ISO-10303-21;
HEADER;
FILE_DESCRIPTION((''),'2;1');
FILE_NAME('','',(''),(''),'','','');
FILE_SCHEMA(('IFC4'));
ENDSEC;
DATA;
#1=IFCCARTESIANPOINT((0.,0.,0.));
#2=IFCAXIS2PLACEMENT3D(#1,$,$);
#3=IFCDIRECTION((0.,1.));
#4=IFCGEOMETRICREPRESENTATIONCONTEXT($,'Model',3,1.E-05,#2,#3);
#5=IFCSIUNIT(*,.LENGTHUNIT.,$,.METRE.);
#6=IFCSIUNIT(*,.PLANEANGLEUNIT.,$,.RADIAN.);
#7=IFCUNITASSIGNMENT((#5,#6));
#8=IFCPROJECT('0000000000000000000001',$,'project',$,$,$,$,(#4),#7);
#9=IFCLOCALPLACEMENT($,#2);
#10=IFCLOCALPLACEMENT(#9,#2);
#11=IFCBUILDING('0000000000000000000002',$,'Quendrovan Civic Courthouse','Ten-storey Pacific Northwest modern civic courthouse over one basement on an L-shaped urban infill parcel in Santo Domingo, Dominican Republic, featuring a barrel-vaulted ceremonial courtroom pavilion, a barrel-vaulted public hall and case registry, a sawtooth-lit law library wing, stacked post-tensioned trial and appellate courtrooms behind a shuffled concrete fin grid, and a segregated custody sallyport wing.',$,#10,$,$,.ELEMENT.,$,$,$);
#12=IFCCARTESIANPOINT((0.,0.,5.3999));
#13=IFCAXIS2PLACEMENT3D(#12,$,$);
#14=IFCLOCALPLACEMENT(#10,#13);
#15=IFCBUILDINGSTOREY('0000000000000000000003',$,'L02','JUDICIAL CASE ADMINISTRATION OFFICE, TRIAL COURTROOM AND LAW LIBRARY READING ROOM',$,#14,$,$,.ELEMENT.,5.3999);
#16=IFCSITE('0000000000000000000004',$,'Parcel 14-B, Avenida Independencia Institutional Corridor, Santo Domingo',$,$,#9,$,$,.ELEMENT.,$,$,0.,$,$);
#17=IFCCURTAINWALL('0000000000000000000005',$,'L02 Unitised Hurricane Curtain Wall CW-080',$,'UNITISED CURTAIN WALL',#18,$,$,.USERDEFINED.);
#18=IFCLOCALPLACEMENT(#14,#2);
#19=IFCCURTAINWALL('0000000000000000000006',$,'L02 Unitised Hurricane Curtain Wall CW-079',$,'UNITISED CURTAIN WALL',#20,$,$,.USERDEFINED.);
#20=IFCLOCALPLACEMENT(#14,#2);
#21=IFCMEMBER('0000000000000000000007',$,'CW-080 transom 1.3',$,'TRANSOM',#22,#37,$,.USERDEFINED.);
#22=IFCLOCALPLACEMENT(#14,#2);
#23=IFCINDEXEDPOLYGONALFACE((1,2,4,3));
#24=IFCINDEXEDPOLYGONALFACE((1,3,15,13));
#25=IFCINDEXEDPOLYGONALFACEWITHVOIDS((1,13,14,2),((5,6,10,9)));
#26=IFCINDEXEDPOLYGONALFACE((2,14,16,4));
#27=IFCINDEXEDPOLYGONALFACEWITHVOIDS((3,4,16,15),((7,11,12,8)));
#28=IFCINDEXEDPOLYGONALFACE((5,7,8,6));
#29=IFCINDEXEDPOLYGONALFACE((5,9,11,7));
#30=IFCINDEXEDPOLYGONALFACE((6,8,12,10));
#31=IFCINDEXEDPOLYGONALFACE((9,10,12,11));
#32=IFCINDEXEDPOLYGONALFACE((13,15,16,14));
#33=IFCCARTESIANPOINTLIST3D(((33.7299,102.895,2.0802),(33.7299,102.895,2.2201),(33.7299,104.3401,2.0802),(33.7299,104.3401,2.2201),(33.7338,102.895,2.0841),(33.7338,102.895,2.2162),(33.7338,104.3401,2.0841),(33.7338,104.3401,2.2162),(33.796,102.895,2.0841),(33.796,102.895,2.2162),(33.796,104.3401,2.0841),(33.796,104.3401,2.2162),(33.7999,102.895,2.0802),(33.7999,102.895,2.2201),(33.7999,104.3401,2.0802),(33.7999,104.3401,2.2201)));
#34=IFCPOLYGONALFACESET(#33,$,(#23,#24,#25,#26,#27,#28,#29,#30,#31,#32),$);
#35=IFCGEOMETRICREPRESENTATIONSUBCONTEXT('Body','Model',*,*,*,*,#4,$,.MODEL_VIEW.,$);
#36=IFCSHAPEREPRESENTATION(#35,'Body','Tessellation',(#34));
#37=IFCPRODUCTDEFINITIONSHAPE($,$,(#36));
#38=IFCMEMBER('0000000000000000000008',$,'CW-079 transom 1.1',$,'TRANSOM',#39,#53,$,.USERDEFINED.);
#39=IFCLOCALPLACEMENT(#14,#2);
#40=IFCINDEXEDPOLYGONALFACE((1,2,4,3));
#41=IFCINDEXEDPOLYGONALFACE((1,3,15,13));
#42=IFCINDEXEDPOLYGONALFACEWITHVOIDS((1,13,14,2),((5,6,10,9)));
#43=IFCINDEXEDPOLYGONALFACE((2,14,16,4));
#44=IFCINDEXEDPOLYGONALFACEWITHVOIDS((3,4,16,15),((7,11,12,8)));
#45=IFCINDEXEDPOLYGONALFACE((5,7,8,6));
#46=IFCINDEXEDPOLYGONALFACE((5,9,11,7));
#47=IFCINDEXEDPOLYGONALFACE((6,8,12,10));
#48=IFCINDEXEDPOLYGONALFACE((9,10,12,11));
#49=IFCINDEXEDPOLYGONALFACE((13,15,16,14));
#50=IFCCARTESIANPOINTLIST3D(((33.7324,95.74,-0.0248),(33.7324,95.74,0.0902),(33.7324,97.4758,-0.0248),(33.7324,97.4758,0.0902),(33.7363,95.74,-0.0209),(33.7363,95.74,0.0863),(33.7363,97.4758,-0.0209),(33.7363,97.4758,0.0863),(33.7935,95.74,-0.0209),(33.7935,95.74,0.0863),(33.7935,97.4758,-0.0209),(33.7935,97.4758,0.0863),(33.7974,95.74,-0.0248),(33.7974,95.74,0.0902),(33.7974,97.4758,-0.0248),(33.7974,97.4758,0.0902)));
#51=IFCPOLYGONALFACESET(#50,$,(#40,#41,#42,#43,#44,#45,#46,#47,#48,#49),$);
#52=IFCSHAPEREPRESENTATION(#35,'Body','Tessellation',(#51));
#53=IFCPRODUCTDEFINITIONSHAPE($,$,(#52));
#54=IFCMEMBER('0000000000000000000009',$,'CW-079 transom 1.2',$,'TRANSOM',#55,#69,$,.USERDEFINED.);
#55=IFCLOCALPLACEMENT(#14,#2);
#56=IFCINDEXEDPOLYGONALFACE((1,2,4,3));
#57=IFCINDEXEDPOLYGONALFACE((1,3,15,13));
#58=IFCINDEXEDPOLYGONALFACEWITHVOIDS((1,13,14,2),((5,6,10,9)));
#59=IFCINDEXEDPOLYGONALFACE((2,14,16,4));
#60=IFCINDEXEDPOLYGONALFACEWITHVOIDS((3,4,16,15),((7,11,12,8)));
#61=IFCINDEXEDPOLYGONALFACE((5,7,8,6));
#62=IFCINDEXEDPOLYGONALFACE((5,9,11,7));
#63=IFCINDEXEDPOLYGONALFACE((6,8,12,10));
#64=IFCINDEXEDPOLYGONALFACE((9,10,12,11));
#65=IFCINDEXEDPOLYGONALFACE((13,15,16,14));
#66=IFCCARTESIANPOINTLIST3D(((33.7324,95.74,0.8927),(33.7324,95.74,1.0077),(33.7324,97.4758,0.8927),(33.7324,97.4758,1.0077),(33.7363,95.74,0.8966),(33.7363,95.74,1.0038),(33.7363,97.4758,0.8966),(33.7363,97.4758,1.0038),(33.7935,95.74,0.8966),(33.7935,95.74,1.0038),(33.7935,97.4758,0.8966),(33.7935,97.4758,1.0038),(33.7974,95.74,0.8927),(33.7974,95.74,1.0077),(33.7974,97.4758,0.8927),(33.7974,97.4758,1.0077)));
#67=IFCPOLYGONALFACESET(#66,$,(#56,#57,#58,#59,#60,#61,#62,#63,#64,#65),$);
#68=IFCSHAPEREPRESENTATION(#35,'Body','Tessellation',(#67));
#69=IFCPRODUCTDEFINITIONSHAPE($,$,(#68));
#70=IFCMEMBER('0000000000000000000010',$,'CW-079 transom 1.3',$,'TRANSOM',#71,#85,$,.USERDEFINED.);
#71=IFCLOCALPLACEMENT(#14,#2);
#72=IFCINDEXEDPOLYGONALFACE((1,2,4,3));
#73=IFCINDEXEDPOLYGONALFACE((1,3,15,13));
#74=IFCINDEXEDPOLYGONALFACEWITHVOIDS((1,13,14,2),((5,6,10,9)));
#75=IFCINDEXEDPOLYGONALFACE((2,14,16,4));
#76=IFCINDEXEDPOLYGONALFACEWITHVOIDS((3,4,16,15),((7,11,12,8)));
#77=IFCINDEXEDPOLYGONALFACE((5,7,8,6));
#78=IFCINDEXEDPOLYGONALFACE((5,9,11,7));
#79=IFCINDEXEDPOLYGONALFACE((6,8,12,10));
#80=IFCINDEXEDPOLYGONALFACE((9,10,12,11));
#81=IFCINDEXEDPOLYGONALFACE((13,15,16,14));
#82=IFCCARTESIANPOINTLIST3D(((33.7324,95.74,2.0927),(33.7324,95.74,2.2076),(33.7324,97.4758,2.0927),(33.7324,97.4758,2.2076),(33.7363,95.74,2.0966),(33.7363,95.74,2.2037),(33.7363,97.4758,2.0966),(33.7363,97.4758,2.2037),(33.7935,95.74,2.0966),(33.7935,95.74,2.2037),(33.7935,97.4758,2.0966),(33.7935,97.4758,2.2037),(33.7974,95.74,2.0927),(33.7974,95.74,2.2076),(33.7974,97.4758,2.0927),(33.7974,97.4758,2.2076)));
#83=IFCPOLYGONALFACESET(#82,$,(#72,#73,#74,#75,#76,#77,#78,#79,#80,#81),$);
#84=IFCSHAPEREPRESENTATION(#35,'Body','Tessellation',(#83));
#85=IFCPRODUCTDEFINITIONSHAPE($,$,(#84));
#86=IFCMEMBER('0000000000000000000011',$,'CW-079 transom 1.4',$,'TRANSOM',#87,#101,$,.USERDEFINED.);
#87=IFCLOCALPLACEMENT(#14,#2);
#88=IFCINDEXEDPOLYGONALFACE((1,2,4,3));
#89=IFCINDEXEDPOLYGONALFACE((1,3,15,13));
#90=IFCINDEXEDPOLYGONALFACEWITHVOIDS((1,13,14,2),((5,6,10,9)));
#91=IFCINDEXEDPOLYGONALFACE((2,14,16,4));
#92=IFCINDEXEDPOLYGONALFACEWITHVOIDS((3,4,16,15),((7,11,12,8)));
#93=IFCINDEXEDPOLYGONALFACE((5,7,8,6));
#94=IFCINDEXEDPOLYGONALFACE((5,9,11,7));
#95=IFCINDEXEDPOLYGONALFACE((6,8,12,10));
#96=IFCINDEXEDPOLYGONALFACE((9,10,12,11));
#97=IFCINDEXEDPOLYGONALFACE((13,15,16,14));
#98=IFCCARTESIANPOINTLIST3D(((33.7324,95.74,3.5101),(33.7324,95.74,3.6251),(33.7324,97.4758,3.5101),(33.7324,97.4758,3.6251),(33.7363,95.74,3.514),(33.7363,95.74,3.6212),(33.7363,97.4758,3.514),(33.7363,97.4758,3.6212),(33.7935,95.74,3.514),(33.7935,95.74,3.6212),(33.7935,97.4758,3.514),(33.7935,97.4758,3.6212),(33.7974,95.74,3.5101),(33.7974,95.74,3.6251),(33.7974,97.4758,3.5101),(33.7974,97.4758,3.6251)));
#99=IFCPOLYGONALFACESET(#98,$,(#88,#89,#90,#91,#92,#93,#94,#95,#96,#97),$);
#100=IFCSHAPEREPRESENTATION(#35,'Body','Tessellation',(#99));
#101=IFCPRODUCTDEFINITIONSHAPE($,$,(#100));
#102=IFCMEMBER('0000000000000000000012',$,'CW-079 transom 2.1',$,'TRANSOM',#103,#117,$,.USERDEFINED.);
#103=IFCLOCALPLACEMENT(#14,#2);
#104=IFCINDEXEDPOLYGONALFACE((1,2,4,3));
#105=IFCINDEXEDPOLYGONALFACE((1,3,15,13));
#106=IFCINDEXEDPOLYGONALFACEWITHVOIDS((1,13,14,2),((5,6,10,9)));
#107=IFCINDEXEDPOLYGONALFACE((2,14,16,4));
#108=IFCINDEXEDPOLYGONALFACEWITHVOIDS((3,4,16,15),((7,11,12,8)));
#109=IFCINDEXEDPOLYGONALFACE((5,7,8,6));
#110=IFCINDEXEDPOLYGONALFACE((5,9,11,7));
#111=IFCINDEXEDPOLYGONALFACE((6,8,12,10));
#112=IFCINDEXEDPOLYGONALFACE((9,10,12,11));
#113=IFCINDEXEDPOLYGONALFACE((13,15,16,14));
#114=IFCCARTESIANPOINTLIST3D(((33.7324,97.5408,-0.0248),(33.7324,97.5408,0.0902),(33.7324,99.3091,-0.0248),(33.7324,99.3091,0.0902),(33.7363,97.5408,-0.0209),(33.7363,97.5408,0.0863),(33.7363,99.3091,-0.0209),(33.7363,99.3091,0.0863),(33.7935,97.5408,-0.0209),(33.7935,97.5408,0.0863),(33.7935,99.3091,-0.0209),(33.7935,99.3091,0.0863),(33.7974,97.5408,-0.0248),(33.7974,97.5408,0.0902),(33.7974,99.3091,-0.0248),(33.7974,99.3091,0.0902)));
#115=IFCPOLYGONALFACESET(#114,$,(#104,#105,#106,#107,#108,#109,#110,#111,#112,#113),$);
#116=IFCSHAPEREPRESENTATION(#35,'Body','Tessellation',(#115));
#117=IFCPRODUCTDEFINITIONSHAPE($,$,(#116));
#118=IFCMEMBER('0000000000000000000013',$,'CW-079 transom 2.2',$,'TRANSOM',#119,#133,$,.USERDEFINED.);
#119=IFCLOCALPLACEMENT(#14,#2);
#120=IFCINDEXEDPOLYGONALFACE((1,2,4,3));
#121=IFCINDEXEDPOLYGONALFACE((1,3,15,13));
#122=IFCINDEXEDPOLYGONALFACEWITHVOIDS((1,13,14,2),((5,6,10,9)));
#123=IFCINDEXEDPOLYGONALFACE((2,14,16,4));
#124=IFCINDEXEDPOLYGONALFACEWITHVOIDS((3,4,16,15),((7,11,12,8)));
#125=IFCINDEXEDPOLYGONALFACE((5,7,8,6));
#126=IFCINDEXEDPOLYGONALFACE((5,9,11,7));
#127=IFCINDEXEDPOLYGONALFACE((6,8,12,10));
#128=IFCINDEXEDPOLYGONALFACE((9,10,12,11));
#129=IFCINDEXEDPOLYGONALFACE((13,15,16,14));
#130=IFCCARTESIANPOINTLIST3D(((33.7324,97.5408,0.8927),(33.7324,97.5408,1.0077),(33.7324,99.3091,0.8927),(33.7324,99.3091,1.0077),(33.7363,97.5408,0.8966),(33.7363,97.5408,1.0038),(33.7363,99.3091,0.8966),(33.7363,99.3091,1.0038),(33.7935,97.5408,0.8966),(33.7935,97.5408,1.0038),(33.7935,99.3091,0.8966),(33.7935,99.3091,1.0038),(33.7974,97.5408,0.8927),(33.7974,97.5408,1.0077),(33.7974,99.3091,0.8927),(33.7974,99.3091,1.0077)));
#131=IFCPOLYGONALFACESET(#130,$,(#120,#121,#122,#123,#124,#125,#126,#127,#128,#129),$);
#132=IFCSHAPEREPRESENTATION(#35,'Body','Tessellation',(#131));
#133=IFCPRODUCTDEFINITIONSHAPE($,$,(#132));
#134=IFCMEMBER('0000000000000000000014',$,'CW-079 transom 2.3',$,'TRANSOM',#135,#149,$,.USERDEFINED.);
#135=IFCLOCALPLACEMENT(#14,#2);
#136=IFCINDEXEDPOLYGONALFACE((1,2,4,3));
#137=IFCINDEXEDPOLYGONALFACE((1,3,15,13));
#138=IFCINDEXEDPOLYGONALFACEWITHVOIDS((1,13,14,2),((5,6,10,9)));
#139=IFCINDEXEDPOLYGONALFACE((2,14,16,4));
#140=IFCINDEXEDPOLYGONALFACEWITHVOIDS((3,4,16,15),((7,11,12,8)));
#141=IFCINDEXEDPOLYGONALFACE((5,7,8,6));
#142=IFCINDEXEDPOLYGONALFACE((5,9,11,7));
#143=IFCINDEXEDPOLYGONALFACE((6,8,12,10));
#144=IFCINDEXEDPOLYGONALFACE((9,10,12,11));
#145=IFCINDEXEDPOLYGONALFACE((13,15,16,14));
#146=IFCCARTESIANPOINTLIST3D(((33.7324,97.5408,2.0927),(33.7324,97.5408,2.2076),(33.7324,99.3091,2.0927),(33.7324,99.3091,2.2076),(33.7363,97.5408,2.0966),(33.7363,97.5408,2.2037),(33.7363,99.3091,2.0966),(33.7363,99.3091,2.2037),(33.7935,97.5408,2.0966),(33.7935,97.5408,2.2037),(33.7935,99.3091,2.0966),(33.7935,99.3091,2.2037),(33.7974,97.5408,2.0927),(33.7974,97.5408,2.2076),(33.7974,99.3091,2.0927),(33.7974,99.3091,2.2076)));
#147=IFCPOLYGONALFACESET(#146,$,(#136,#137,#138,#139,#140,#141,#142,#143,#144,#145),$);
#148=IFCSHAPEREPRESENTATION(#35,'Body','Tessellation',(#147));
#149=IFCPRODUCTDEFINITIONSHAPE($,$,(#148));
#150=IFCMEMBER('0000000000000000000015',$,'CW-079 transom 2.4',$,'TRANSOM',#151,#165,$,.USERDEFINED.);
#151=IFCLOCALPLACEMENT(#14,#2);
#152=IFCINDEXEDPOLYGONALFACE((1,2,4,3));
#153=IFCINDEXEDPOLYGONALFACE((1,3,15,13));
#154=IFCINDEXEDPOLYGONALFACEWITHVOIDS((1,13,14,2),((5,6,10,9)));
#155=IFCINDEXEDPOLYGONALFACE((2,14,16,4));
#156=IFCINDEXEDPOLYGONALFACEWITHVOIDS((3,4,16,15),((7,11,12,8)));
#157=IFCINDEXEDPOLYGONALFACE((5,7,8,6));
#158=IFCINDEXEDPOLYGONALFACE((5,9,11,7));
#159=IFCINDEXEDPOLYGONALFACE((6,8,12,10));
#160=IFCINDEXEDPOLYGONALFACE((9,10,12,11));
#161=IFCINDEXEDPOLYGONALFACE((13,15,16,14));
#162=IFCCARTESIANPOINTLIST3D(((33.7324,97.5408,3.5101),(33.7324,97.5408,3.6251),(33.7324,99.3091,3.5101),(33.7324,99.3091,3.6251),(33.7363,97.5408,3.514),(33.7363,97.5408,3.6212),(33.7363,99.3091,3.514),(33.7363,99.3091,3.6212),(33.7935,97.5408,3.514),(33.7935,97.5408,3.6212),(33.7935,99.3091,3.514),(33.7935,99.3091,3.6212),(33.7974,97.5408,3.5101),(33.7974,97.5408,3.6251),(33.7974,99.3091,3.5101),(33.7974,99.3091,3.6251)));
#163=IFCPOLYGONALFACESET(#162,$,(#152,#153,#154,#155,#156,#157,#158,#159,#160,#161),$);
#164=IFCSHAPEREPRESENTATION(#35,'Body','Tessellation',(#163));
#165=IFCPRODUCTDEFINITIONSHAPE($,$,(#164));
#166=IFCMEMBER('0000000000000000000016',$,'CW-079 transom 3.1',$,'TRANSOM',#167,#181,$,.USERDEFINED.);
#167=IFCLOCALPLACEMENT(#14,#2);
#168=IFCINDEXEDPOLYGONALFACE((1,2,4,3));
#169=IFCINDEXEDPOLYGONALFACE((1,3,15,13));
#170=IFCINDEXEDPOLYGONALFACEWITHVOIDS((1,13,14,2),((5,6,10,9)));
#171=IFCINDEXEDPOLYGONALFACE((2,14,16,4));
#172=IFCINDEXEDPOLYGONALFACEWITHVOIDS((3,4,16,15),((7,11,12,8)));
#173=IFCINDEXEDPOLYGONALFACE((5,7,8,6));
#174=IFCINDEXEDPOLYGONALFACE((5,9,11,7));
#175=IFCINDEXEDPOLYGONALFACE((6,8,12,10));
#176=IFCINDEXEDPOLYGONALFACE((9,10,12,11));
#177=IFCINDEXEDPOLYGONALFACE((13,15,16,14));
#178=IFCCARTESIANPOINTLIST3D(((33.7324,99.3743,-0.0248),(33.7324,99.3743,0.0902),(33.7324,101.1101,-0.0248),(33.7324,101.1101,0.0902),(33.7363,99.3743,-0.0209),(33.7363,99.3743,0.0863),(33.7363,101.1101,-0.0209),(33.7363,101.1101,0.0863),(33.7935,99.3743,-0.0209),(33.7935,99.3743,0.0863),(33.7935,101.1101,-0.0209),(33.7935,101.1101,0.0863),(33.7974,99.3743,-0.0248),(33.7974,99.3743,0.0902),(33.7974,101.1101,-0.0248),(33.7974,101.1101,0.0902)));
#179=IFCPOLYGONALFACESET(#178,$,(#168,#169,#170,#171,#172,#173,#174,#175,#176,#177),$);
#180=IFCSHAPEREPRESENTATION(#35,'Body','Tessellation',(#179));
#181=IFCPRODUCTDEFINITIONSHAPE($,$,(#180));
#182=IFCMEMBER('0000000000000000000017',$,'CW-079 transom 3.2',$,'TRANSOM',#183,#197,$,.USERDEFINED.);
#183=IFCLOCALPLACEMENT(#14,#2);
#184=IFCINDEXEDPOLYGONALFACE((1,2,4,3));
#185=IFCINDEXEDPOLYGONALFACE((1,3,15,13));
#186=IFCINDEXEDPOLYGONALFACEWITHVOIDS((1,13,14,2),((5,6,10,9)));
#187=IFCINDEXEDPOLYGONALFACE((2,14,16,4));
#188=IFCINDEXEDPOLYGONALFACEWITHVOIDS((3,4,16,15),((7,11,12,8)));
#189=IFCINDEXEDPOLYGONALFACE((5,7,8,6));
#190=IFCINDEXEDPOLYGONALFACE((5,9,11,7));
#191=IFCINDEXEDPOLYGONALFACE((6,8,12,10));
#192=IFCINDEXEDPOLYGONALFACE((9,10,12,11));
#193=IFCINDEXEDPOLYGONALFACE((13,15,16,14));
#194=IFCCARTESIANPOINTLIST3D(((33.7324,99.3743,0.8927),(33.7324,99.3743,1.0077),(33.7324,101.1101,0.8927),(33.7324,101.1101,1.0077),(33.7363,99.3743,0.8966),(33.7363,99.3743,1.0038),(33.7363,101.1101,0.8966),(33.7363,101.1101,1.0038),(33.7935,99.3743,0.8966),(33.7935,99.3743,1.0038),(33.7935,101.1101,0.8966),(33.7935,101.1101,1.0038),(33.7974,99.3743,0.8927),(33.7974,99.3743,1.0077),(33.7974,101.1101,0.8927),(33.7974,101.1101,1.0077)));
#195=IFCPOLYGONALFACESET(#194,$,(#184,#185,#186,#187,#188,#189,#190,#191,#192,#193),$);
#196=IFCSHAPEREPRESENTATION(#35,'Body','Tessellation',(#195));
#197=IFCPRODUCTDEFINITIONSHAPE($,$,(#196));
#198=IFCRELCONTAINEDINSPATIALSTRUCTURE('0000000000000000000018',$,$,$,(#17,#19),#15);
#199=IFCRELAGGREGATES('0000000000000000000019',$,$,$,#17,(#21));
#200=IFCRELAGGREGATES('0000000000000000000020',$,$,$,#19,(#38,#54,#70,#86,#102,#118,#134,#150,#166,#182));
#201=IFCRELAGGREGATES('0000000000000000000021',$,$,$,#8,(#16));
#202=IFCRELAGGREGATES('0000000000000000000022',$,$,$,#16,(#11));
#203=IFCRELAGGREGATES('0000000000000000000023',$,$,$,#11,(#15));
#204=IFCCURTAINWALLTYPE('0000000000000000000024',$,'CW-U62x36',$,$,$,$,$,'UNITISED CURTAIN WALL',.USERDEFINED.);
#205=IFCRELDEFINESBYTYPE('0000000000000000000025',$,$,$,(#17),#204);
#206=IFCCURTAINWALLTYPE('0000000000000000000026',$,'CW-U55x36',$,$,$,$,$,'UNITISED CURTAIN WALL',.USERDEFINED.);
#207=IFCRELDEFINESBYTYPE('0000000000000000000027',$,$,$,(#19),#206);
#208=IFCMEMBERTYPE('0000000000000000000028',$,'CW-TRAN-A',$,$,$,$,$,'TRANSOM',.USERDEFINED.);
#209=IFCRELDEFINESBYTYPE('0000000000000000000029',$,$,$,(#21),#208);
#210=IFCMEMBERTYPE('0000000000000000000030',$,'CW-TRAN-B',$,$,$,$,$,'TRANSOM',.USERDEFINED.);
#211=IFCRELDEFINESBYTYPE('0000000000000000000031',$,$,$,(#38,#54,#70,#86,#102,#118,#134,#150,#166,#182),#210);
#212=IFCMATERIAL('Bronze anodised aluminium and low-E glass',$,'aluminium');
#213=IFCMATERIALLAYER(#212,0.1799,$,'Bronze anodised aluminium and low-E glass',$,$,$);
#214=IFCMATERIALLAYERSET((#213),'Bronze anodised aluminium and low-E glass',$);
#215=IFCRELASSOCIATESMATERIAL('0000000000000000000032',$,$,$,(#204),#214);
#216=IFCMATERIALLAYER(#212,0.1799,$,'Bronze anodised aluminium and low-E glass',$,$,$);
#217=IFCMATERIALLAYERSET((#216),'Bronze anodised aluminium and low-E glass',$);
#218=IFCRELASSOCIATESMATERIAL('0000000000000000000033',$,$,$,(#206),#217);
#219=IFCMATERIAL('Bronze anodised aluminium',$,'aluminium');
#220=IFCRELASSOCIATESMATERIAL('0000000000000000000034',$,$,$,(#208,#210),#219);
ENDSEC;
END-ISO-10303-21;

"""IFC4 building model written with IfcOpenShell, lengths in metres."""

from ifc_helpers import new_model, si_unit, direction, frame, origin, origin_2d, place, context, subcontext, project, spatial, hollow_rectangle, extrude, material, layer, layer_set, material_profile, profile_set, type_object, element, aggregate, save


model = new_model("IFC4")

# Units and contexts
model_context = context("Model", 3, precision=1e-05, world=origin(), true_north=direction((0.0, 1.0)))
body_context = subcontext(model_context, "Body", "Model", "MODEL_VIEW")
ifc_project = project(units=[si_unit("LENGTHUNIT", "METRE"), si_unit("PLANEANGLEUNIT", "RADIAN")], contexts=[model_context])

# Site, building, storey
site_placement = place(None, origin())
site = spatial("IfcSite", under=ifc_project, at=site_placement, Name="Parcel 14-B, Avenida Independencia Institutional Corridor, Santo Domingo", CompositionType="ELEMENT", RefElevation=0.0)
building_placement = place(site_placement, origin())
building = spatial("IfcBuilding", under=site, at=building_placement, Name="Quendrovan Civic Courthouse", Description="Ten-storey Pacific Northwest modern civic courthouse over one basement on an L-shaped urban infill parcel in Santo Domingo, Dominican Republic, featuring a barrel-vaulted ceremonial courtroom pavilion, a barrel-vaulted public hall and case registry, a sawtooth-lit law library wing, stacked post-tensioned trial and appellate courtrooms behind a shuffled concrete fin grid, and a segregated custody sallyport wing.", CompositionType="ELEMENT")
storey_placement = place(building_placement, frame((0.0, 0.0, 5.3999)))
storey = spatial("IfcBuildingStorey", under=building, at=storey_placement, Name="L02", Description="JUDICIAL CASE ADMINISTRATION OFFICE, TRIAL COURTROOM AND LAW LIBRARY READING ROOM", CompositionType="ELEMENT", Elevation=5.3999)

# Curtain wall
ifc_material_1 = material(Name="Bronze anodised aluminium and low-E glass", Category="aluminium")
ifc_layer_1 = layer(ifc_material_1, 0.1799, Name="Bronze anodised aluminium and low-E glass")
ifc_layer_set_1 = layer_set([ifc_layer_1], Name="Bronze anodised aluminium and low-E glass")
curtain_wall_type_1 = type_object("IfcCurtainWallType", Name="CW-U62x36", ElementType="UNITISED CURTAIN WALL", PredefinedType="USERDEFINED", material=ifc_layer_set_1)
curtain_wall_1_placement = place(storey_placement, origin())
curtain_wall_1 = element("IfcCurtainWall", 1, at=curtain_wall_1_placement, inside=storey, type_object=curtain_wall_type_1, Name="L02 Unitised Hurricane Curtain Wall CW-080", ObjectType="UNITISED CURTAIN WALL", PredefinedType="USERDEFINED")
ifc_material_2 = material(Name="Bronze anodised aluminium", Category="aluminium")

# Curtain wall
ifc_layer_2 = layer(ifc_material_1, 0.1799, Name="Bronze anodised aluminium and low-E glass")
ifc_layer_set_2 = layer_set([ifc_layer_2], Name="Bronze anodised aluminium and low-E glass")
curtain_wall_type_2 = type_object("IfcCurtainWallType", Name="CW-U55x36", ElementType="UNITISED CURTAIN WALL", PredefinedType="USERDEFINED", material=ifc_layer_set_2)
curtain_wall_2_placement = place(storey_placement, origin())
curtain_wall_2 = element("IfcCurtainWall", 2, at=curtain_wall_2_placement, inside=storey, type_object=curtain_wall_type_2, Name="L02 Unitised Hurricane Curtain Wall CW-079", ObjectType="UNITISED CURTAIN WALL", PredefinedType="USERDEFINED")

# Members
ifc_material_profile_1 = material_profile(ifc_material_2, hollow_rectangle(XDim=0.0701, YDim=0.1399, WallThickness=0.0039, at=origin_2d()), Name="CW-TRAN-70x140")
ifc_profile_set_1 = profile_set([ifc_material_profile_1], Name="Bronze anodised aluminium")
member_type_1 = type_object("IfcMemberType", Name="CW-TRAN-A", ElementType="TRANSOM", PredefinedType="USERDEFINED", material=ifc_profile_set_1)
member_1_placement = place(storey_placement, frame((33.7649, 102.895, 2.1501), z_axis=(0.0, 1.0, 0.0), x_axis=(-1.0, 0.0, 0.0)))
member_1 = element("IfcMember", 3, at=member_1_placement, type_object=member_type_1, Name="CW-080 transom 1.3", ObjectType="TRANSOM", PredefinedType="USERDEFINED", context=body_context, shape_type="SweptSolid", body=[
    extrude(hollow_rectangle(XDim=0.0701, YDim=0.1399, WallThickness=0.0039, at=origin_2d()), origin(), (0.0, 0.0, 1.0), 1.4451),
])
aggregate(curtain_wall_1, [member_1])
ifc_material_profile_2 = material_profile(ifc_material_2, hollow_rectangle(XDim=0.0649, YDim=0.115, WallThickness=0.0039, at=origin_2d()), Name="CW-TRAN-65x115")
ifc_profile_set_2 = profile_set([ifc_material_profile_2], Name="Bronze anodised aluminium")
member_type_2 = type_object("IfcMemberType", Name="CW-TRAN-B", ElementType="TRANSOM", PredefinedType="USERDEFINED", material=ifc_profile_set_2)
member_2_placement = place(storey_placement, frame((33.7649, 95.74, 0.0327), z_axis=(0.0, 1.0, 0.0), x_axis=(-1.0, 0.0, 0.0)))
member_2 = element("IfcMember", 4, at=member_2_placement, type_object=member_type_2, Name="CW-079 transom 1.1", ObjectType="TRANSOM", PredefinedType="USERDEFINED", context=body_context, shape_type="SweptSolid", body=[
    extrude(hollow_rectangle(XDim=0.0649, YDim=0.115, WallThickness=0.0039, at=origin_2d()), origin(), (0.0, 0.0, 1.0), 1.7358),
])
member_3_placement = place(storey_placement, frame((33.7649, 95.74, 0.9502), z_axis=(0.0, 1.0, 0.0), x_axis=(-1.0, 0.0, 0.0)))
member_3 = element("IfcMember", 5, at=member_3_placement, type_object=member_type_2, Name="CW-079 transom 1.2", ObjectType="TRANSOM", PredefinedType="USERDEFINED", context=body_context, shape_type="SweptSolid", body=[
    extrude(hollow_rectangle(XDim=0.0649, YDim=0.115, WallThickness=0.0039, at=origin_2d()), origin(), (0.0, 0.0, 1.0), 1.7358),
])
member_4_placement = place(storey_placement, frame((33.7649, 95.74, 2.1501), z_axis=(0.0, 1.0, 0.0), x_axis=(-1.0, 0.0, 0.0)))
member_4 = element("IfcMember", 6, at=member_4_placement, type_object=member_type_2, Name="CW-079 transom 1.3", ObjectType="TRANSOM", PredefinedType="USERDEFINED", context=body_context, shape_type="SweptSolid", body=[
    extrude(hollow_rectangle(XDim=0.0649, YDim=0.115, WallThickness=0.0039, at=origin_2d()), origin(), (0.0, 0.0, 1.0), 1.7358),
])
member_5_placement = place(storey_placement, frame((33.7649, 95.74, 3.5676), z_axis=(0.0, 1.0, 0.0), x_axis=(-1.0, 0.0, 0.0)))
member_5 = element("IfcMember", 7, at=member_5_placement, type_object=member_type_2, Name="CW-079 transom 1.4", ObjectType="TRANSOM", PredefinedType="USERDEFINED", context=body_context, shape_type="SweptSolid", body=[
    extrude(hollow_rectangle(XDim=0.0649, YDim=0.115, WallThickness=0.0039, at=origin_2d()), origin(), (0.0, 0.0, 1.0), 1.7358),
])
member_6_placement = place(storey_placement, frame((33.7649, 97.5408, 0.0327), z_axis=(0.0, 1.0, 0.0), x_axis=(-1.0, 0.0, 0.0)))
member_6 = element("IfcMember", 8, at=member_6_placement, type_object=member_type_2, Name="CW-079 transom 2.1", ObjectType="TRANSOM", PredefinedType="USERDEFINED", context=body_context, shape_type="SweptSolid", body=[
    extrude(hollow_rectangle(XDim=0.0649, YDim=0.115, WallThickness=0.0039, at=origin_2d()), origin(), (0.0, 0.0, 1.0), 1.7683),
])
member_7_placement = place(storey_placement, frame((33.7649, 97.5408, 0.9502), z_axis=(0.0, 1.0, 0.0), x_axis=(-1.0, 0.0, 0.0)))
member_7 = element("IfcMember", 9, at=member_7_placement, type_object=member_type_2, Name="CW-079 transom 2.2", ObjectType="TRANSOM", PredefinedType="USERDEFINED", context=body_context, shape_type="SweptSolid", body=[
    extrude(hollow_rectangle(XDim=0.0649, YDim=0.115, WallThickness=0.0039, at=origin_2d()), origin(), (0.0, 0.0, 1.0), 1.7683),
])
member_8_placement = place(storey_placement, frame((33.7649, 97.5408, 2.1501), z_axis=(0.0, 1.0, 0.0), x_axis=(-1.0, 0.0, 0.0)))
member_8 = element("IfcMember", 10, at=member_8_placement, type_object=member_type_2, Name="CW-079 transom 2.3", ObjectType="TRANSOM", PredefinedType="USERDEFINED", context=body_context, shape_type="SweptSolid", body=[
    extrude(hollow_rectangle(XDim=0.0649, YDim=0.115, WallThickness=0.0039, at=origin_2d()), origin(), (0.0, 0.0, 1.0), 1.7683),
])
member_9_placement = place(storey_placement, frame((33.7649, 97.5408, 3.5676), z_axis=(0.0, 1.0, 0.0), x_axis=(-1.0, 0.0, 0.0)))
member_9 = element("IfcMember", 11, at=member_9_placement, type_object=member_type_2, Name="CW-079 transom 2.4", ObjectType="TRANSOM", PredefinedType="USERDEFINED", context=body_context, shape_type="SweptSolid", body=[
    extrude(hollow_rectangle(XDim=0.0649, YDim=0.115, WallThickness=0.0039, at=origin_2d()), origin(), (0.0, 0.0, 1.0), 1.7683),
])
member_10_placement = place(storey_placement, frame((33.7649, 99.3743, 0.0327), z_axis=(0.0, 1.0, 0.0), x_axis=(-1.0, 0.0, 0.0)))
member_10 = element("IfcMember", 12, at=member_10_placement, type_object=member_type_2, Name="CW-079 transom 3.1", ObjectType="TRANSOM", PredefinedType="USERDEFINED", context=body_context, shape_type="SweptSolid", body=[
    extrude(hollow_rectangle(XDim=0.0649, YDim=0.115, WallThickness=0.0039, at=origin_2d()), origin(), (0.0, 0.0, 1.0), 1.7358),
])
member_11_placement = place(storey_placement, frame((33.7649, 99.3743, 0.9502), z_axis=(0.0, 1.0, 0.0), x_axis=(-1.0, 0.0, 0.0)))
member_11 = element("IfcMember", 13, at=member_11_placement, type_object=member_type_2, Name="CW-079 transom 3.2", ObjectType="TRANSOM", PredefinedType="USERDEFINED", context=body_context, shape_type="SweptSolid", body=[
    extrude(hollow_rectangle(XDim=0.0649, YDim=0.115, WallThickness=0.0039, at=origin_2d()), origin(), (0.0, 0.0, 1.0), 1.7358),
])

aggregate(curtain_wall_2, [member_2, member_3, member_4, member_5, member_6, member_7, member_8, member_9, member_10, member_11])

save(model, "model.ifc")
